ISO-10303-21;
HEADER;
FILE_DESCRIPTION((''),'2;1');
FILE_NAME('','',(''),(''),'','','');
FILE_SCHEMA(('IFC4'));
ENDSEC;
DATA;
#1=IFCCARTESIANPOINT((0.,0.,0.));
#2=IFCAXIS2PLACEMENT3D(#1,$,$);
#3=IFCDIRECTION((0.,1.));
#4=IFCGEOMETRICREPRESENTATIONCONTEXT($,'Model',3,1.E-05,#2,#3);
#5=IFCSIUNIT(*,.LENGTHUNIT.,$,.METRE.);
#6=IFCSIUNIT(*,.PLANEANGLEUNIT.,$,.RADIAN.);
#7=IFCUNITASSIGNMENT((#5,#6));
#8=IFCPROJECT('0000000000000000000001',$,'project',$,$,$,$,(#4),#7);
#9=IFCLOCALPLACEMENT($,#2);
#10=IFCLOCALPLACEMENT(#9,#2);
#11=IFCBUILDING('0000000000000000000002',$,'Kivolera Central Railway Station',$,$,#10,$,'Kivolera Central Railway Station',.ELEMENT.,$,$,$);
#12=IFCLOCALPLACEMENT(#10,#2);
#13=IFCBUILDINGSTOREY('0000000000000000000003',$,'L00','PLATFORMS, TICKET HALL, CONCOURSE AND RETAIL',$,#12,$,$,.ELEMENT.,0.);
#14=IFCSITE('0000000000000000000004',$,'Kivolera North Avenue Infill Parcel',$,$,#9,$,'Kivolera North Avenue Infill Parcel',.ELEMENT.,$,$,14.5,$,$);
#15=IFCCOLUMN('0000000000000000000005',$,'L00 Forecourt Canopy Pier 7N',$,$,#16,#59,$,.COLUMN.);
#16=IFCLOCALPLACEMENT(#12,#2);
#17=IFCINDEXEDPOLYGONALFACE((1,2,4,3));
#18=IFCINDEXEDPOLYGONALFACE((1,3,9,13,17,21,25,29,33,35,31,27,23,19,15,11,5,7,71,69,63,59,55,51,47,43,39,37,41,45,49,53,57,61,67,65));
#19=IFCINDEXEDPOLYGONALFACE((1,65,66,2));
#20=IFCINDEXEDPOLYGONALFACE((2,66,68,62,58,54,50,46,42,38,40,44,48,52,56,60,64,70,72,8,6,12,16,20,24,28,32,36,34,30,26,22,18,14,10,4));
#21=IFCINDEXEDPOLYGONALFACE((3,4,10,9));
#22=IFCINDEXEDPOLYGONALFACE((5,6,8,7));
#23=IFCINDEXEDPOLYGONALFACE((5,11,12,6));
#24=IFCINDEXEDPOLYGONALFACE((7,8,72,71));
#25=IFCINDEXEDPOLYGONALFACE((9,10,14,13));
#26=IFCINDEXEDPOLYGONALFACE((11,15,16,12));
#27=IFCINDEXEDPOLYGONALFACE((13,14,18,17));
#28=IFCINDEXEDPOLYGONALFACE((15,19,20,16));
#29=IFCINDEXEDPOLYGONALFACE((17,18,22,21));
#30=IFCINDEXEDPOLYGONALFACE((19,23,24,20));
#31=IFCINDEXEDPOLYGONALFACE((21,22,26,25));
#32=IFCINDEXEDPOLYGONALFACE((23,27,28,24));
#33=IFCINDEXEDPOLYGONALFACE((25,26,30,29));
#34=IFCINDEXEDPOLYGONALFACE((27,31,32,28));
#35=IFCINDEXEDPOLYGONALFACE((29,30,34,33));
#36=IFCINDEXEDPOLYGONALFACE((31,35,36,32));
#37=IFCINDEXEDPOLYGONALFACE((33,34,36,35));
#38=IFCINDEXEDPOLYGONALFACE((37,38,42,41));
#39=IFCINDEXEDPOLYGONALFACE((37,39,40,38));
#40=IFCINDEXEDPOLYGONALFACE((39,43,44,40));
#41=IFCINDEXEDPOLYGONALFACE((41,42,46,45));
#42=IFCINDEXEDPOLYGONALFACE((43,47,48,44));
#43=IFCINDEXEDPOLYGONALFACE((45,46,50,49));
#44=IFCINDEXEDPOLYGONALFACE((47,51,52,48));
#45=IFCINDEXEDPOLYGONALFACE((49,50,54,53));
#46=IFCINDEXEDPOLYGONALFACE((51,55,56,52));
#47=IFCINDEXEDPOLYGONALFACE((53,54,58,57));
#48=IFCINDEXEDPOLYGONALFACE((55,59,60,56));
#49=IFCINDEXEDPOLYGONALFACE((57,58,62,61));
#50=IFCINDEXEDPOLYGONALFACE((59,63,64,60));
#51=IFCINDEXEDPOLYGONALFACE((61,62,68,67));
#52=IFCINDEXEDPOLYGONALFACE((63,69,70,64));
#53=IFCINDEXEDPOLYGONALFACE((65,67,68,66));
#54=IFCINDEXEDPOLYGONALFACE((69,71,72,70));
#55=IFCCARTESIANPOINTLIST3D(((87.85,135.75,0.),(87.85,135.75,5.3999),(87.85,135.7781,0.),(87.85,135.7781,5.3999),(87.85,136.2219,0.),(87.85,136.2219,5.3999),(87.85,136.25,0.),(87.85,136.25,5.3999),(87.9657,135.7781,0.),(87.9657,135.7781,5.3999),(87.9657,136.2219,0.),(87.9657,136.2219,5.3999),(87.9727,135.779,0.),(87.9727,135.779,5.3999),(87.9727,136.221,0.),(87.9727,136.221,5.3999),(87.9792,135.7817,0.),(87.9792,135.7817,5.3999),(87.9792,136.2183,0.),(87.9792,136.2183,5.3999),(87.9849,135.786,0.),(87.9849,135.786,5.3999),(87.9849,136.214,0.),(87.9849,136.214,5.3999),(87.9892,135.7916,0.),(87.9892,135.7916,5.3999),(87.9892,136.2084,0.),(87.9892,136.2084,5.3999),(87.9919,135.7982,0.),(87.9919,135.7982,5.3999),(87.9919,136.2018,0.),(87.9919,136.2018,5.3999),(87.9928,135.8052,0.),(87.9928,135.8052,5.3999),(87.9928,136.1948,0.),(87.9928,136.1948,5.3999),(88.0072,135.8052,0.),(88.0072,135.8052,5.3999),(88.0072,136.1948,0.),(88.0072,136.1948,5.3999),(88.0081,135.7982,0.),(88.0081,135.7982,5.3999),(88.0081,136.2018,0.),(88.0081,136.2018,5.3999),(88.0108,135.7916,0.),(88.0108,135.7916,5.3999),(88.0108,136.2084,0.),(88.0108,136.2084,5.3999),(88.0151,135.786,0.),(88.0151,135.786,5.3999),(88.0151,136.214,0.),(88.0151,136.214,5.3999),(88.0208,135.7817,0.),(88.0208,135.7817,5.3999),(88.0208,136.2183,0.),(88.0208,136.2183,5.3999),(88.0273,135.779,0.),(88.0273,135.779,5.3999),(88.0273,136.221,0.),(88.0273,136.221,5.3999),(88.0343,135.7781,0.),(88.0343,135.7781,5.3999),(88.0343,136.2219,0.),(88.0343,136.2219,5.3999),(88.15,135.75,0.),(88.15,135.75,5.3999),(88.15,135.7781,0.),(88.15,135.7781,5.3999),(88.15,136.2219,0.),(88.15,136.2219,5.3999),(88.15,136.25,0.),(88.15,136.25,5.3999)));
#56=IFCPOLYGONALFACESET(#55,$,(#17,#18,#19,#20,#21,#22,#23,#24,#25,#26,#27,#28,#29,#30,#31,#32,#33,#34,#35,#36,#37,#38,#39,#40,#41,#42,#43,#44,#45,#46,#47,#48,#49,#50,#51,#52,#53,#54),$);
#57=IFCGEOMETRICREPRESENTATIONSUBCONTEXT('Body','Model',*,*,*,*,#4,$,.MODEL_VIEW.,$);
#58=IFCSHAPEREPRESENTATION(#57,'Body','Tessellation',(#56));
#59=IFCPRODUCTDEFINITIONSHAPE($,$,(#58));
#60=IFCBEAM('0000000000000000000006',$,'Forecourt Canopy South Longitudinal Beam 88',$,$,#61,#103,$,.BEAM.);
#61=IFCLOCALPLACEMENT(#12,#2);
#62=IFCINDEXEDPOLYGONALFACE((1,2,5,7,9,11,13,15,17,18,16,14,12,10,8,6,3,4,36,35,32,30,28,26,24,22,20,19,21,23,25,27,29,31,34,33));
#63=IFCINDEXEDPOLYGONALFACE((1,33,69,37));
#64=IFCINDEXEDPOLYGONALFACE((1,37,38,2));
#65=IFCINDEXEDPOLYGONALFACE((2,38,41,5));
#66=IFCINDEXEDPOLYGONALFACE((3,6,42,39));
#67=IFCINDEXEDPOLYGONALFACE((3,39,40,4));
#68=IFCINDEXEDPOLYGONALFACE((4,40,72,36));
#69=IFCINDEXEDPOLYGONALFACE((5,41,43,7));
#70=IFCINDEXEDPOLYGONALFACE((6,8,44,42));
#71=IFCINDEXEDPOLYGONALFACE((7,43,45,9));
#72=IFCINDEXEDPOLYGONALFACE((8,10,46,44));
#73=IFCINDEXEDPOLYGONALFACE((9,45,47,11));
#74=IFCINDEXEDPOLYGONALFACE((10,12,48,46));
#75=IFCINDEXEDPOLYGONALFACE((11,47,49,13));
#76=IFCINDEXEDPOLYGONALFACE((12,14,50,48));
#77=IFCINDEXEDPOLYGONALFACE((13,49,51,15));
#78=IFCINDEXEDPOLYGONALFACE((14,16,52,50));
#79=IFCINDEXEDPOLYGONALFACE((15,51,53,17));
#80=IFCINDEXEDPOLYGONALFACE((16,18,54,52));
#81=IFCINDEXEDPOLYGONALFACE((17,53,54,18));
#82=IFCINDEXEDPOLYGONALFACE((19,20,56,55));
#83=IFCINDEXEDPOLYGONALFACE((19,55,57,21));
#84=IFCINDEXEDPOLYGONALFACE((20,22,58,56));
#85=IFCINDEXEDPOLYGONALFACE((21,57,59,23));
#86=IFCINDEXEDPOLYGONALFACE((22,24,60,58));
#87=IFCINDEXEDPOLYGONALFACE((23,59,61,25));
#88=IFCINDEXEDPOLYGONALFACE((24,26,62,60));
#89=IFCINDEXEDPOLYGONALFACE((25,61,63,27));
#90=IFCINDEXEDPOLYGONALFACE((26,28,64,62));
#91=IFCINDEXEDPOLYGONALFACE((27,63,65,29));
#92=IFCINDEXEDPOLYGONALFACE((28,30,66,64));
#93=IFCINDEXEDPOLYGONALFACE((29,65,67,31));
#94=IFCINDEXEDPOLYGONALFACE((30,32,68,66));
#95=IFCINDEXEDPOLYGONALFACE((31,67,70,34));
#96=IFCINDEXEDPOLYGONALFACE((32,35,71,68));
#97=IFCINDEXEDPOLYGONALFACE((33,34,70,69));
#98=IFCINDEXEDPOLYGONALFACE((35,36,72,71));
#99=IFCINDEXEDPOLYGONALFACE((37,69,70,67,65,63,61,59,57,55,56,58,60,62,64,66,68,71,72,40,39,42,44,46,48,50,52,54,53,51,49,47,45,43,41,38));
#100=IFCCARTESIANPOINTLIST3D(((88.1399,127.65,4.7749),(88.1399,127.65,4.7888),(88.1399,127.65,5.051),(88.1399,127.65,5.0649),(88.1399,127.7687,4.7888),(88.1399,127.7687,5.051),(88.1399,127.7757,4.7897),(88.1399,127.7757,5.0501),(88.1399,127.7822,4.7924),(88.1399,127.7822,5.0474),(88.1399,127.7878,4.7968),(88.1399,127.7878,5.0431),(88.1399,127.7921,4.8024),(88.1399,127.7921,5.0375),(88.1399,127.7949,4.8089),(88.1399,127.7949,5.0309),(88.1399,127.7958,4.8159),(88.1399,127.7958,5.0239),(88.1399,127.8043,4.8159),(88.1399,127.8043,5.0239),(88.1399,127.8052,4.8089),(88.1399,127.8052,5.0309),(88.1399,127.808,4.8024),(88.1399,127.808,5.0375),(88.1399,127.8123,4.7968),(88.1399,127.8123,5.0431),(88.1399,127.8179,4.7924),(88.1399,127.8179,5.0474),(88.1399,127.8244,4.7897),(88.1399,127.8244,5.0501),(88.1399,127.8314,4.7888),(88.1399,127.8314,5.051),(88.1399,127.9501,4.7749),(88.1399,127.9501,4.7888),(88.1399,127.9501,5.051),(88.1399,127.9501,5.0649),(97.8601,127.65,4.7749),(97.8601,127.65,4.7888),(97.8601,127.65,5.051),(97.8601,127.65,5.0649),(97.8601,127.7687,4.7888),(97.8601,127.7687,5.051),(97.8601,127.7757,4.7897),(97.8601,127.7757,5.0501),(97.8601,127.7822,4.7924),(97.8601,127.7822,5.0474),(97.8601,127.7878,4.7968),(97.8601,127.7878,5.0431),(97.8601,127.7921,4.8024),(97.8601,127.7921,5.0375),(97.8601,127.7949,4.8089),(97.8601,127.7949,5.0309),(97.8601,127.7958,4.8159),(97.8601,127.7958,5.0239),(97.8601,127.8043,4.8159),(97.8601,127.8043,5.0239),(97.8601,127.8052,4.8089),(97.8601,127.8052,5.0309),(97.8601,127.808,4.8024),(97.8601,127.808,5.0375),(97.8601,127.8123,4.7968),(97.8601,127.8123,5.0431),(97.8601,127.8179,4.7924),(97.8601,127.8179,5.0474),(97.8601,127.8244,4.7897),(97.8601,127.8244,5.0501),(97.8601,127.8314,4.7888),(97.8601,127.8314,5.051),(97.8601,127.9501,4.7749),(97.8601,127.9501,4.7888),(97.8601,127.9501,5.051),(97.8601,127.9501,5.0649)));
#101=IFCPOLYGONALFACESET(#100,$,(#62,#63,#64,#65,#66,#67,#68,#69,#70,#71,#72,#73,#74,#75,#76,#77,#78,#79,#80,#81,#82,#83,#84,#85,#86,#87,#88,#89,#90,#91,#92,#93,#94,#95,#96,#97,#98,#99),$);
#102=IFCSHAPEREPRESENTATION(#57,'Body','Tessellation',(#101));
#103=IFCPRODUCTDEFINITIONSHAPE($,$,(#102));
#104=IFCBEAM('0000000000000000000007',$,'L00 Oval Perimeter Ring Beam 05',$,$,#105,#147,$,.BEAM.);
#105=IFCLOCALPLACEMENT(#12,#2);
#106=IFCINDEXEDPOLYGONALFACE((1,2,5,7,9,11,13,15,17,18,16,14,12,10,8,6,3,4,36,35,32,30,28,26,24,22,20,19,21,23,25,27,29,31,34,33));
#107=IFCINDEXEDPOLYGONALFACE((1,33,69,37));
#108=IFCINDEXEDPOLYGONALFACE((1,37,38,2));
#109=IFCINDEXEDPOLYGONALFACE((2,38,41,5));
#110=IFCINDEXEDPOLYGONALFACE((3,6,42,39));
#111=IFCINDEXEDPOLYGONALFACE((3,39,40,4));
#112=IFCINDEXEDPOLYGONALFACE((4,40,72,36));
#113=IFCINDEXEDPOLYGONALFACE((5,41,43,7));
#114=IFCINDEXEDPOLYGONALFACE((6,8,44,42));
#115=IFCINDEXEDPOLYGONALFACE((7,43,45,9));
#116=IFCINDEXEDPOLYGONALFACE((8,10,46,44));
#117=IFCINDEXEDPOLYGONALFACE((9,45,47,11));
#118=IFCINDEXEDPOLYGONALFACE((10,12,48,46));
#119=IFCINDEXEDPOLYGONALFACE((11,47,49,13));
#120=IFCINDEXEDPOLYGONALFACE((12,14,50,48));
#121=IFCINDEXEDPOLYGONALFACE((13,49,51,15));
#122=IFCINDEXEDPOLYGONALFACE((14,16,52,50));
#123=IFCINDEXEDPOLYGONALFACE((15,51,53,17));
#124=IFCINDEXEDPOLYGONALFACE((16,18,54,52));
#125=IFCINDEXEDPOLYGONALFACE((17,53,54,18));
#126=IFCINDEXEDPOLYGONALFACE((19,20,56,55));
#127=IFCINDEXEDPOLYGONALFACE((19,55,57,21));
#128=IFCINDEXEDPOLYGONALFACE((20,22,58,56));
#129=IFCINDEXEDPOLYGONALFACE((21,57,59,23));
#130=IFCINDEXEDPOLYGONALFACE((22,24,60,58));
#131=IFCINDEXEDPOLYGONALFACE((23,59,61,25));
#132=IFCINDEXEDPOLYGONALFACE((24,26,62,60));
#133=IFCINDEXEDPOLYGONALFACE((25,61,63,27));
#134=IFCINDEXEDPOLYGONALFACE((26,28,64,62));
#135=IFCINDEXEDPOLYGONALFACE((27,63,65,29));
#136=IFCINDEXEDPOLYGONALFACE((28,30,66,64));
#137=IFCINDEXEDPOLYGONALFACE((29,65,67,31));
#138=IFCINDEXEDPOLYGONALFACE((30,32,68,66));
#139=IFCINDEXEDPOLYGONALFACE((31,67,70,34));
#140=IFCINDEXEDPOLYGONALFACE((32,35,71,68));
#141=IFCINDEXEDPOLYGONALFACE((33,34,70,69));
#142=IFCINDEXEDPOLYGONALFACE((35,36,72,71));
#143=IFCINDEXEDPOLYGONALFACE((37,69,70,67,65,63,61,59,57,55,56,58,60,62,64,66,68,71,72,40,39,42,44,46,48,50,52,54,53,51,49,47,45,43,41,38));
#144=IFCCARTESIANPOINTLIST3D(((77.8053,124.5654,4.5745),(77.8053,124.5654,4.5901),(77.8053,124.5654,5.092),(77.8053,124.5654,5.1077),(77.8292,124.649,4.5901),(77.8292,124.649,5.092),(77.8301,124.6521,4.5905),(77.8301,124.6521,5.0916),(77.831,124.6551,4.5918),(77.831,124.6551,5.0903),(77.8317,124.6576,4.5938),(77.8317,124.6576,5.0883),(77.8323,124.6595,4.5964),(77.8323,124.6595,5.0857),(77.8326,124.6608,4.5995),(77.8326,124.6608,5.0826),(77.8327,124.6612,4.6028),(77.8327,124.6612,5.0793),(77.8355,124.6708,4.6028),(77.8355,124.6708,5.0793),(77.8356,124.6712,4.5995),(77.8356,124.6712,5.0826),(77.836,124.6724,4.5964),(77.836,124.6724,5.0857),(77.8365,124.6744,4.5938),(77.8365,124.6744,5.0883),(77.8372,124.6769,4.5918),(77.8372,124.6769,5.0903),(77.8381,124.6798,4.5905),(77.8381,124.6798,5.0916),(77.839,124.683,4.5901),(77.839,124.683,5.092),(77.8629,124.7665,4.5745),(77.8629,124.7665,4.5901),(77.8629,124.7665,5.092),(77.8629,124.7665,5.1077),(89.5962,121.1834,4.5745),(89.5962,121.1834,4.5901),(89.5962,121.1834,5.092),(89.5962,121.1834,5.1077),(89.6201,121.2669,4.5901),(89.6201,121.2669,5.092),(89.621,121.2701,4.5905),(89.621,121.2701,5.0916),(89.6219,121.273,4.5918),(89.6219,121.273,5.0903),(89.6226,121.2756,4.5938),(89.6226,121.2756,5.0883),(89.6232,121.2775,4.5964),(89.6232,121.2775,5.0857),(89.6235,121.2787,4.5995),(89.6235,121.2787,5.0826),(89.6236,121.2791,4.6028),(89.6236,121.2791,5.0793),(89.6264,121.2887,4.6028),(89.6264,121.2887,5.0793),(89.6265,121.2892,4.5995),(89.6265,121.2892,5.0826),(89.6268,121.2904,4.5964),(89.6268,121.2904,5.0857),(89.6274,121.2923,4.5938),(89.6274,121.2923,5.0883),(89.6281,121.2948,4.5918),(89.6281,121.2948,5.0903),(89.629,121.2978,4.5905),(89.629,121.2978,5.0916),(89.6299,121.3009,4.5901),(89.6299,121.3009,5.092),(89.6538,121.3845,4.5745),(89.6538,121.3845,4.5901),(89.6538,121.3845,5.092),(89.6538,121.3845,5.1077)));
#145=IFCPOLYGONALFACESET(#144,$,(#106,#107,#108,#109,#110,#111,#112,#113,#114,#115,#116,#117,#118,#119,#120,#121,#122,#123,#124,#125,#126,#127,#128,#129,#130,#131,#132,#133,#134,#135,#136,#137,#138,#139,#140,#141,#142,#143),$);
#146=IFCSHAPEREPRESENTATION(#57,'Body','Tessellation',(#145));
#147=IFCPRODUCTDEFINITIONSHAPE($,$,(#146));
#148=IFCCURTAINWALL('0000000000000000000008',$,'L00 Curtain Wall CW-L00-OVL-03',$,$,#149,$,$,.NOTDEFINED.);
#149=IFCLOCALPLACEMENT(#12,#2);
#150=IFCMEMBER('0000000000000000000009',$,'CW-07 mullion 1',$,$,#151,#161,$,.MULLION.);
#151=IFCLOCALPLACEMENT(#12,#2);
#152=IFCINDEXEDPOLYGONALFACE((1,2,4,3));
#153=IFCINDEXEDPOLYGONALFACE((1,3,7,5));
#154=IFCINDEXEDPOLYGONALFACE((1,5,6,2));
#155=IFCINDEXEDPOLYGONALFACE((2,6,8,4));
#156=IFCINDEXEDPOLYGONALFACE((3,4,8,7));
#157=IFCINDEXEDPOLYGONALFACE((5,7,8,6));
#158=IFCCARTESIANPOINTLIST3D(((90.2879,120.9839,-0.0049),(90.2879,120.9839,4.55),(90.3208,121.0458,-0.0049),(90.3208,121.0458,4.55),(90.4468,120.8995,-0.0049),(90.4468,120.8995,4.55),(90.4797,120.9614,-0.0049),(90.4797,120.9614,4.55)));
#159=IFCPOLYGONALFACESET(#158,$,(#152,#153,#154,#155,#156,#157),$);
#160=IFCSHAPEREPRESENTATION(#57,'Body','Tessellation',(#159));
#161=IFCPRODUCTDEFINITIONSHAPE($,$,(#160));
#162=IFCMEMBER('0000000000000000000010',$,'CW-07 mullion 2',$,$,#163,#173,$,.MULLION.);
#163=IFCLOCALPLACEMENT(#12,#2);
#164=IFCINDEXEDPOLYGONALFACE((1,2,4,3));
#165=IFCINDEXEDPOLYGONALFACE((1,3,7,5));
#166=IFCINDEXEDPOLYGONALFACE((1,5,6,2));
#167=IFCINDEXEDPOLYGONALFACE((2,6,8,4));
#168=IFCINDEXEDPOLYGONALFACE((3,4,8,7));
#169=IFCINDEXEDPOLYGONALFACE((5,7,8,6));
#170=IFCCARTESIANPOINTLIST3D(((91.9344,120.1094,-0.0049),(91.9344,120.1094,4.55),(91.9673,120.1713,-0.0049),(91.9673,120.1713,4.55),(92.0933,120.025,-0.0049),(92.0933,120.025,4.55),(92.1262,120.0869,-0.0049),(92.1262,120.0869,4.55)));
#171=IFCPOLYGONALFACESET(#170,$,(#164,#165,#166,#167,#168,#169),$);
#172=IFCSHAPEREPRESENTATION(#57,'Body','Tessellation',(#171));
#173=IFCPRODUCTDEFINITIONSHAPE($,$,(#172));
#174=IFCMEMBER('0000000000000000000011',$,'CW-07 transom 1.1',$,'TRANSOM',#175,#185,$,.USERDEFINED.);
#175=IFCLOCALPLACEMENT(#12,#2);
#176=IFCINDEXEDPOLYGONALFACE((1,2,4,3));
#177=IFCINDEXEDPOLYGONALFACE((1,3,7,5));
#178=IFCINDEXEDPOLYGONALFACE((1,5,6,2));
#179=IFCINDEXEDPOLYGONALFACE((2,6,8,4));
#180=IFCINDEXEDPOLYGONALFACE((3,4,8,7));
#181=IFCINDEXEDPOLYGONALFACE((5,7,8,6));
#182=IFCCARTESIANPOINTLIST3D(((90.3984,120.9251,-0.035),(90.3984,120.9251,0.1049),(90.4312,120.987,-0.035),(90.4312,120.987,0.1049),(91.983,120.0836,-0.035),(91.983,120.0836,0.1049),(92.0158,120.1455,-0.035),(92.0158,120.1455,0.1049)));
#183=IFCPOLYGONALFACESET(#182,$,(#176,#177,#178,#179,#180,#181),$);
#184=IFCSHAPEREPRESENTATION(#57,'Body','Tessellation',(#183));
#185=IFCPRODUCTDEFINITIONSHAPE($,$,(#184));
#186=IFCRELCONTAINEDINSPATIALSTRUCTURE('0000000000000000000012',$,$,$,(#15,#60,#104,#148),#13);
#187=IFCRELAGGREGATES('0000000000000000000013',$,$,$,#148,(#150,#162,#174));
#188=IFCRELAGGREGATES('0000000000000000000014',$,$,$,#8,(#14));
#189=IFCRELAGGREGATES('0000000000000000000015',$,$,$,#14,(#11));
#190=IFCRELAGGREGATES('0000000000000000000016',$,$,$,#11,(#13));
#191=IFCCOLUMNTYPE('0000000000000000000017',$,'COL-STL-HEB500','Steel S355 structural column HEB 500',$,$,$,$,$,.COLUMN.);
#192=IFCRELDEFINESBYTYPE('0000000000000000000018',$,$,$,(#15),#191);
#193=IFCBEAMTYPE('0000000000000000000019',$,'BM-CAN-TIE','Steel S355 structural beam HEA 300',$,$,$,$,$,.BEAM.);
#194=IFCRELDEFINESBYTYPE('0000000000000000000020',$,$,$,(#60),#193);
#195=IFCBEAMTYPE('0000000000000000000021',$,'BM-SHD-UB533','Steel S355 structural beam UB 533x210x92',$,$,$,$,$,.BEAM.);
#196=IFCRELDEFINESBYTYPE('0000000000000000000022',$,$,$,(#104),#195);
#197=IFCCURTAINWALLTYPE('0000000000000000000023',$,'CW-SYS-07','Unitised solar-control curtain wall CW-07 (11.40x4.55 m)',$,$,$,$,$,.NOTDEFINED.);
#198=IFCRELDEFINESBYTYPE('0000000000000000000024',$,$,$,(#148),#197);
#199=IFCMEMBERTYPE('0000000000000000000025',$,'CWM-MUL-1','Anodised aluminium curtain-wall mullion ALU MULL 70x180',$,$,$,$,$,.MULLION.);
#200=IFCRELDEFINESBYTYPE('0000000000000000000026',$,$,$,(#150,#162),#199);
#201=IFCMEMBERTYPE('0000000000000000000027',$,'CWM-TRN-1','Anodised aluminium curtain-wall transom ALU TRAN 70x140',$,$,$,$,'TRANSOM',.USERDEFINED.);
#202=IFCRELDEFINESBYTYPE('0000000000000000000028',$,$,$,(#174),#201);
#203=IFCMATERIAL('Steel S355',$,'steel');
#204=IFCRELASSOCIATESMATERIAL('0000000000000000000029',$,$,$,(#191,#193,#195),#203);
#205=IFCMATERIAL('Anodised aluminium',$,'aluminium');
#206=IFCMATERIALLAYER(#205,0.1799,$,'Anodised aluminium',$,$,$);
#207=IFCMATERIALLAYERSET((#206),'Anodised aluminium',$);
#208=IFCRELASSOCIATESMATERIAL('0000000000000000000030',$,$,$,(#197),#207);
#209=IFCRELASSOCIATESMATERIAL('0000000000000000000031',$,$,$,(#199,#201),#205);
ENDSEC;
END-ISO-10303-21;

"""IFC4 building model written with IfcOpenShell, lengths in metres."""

from ifc_helpers import new_model, si_unit, direction, frame, origin, origin_2d, place, context, subcontext, project, spatial, rectangle, i_section, extrude, material, layer, layer_set, material_profile, profile_set, type_object, element, aggregate, save


model = new_model("IFC4")

# Units and contexts
model_context = context("Model", 3, precision=1e-05, world=origin(), true_north=direction((0.0, 1.0)))
body_context = subcontext(model_context, "Body", "Model", "MODEL_VIEW")
ifc_project = project(units=[si_unit("LENGTHUNIT", "METRE"), si_unit("PLANEANGLEUNIT", "RADIAN")], contexts=[model_context])

# Site, building, storey
site_placement = place(None, origin())
site = spatial("IfcSite", under=ifc_project, at=site_placement, Name="Kivolera North Avenue Infill Parcel", LongName="Kivolera North Avenue Infill Parcel", CompositionType="ELEMENT", RefElevation=14.5)
building_placement = place(site_placement, origin())
building = spatial("IfcBuilding", under=site, at=building_placement, Name="Kivolera Central Railway Station", LongName="Kivolera Central Railway Station", CompositionType="ELEMENT")
storey_placement = place(building_placement, origin())
storey = spatial("IfcBuildingStorey", under=building, at=storey_placement, Name="L00", Description="PLATFORMS, TICKET HALL, CONCOURSE AND RETAIL", CompositionType="ELEMENT", Elevation=0.0)

# Column
ifc_material_1 = material(Name="Steel S355", Category="steel")
ifc_material_profile_1 = material_profile(ifc_material_1, i_section(OverallWidth=0.3, OverallDepth=0.5, WebThickness=0.0144, FlangeThickness=0.0281, FilletRadius=0.0271, at=origin_2d()), Name="HEB 500")
ifc_profile_set_1 = profile_set([ifc_material_profile_1], Name="Steel S355")
column_type_1 = type_object("IfcColumnType", Name="COL-STL-HEB500", Description="Steel S355 structural column HEB 500", PredefinedType="COLUMN", material=ifc_profile_set_1)
column_1_placement = place(storey_placement, frame((88.0, 136.0, 0.0), z_axis=(0.0, 0.0, 1.0), x_axis=(1.0, 0.0, 0.0)))
element("IfcColumn", 1, at=column_1_placement, inside=storey, type_object=column_type_1, Name="L00 Forecourt Canopy Pier 7N", PredefinedType="COLUMN", context=body_context, shape_type="SweptSolid", body=[
    extrude(i_section(OverallWidth=0.3, OverallDepth=0.5, WebThickness=0.0144, FlangeThickness=0.0281, FilletRadius=0.0271, at=origin_2d()), origin(), (0.0, 0.0, 1.0), 5.3999),
])

# Beams
ifc_material_profile_2 = material_profile(ifc_material_1, i_section(OverallWidth=0.3, OverallDepth=0.29, WebThickness=0.0085, FlangeThickness=0.0139, FilletRadius=0.0271, at=origin_2d()), Name="HEA 300")
ifc_profile_set_2 = profile_set([ifc_material_profile_2], Name="Steel S355")
beam_type_1 = type_object("IfcBeamType", Name="BM-CAN-TIE", Description="Steel S355 structural beam HEA 300", PredefinedType="BEAM", material=ifc_profile_set_2)
beam_1_placement = place(storey_placement, frame((88.1399, 127.8, 4.9199), z_axis=(1.0, 0.0, 0.0), x_axis=(0.0, 1.0, 0.0)))
element("IfcBeam", 2, at=beam_1_placement, inside=storey, type_object=beam_type_1, Name="Forecourt Canopy South Longitudinal Beam 88", PredefinedType="BEAM", context=body_context, shape_type="SweptSolid", body=[
    extrude(i_section(OverallWidth=0.3, OverallDepth=0.29, WebThickness=0.0085, FlangeThickness=0.0139, FilletRadius=0.0271, at=origin_2d()), origin(), (0.0, 0.0, 1.0), 9.7202),
])
ifc_material_profile_3 = material_profile(ifc_material_1, i_section(OverallWidth=0.2092, OverallDepth=0.5332, WebThickness=0.01, FlangeThickness=0.0156, FilletRadius=0.0127, at=origin_2d()), Name="UB 533x210x92")
ifc_profile_set_3 = profile_set([ifc_material_profile_3], Name="Steel S355")
beam_type_2 = type_object("IfcBeamType", Name="BM-SHD-UB533", Description="Steel S355 structural beam UB 533x210x92", PredefinedType="BEAM", material=ifc_profile_set_3)
beam_2_placement = place(storey_placement, frame((89.625, 121.2839, 4.8411), z_axis=(-0.961239, 0.275717, 0.0), x_axis=(-0.275717, -0.961239, 0.0)))
element("IfcBeam", 3, at=beam_2_placement, inside=storey, type_object=beam_type_2, Name="L00 Oval Perimeter Ring Beam 05", PredefinedType="BEAM", context=body_context, shape_type="SweptSolid", body=[
    extrude(i_section(OverallWidth=0.2092, OverallDepth=0.5332, WebThickness=0.01, FlangeThickness=0.0156, FilletRadius=0.0127, at=origin_2d()), origin(), (0.0, 0.0, 1.0), 12.2664),
])

# Curtain wall, members
ifc_material_2 = material(Name="Anodised aluminium", Category="aluminium")
ifc_layer_1 = layer(ifc_material_2, 0.1799, Name="Anodised aluminium")
ifc_layer_set_1 = layer_set([ifc_layer_1], Name="Anodised aluminium")
curtain_wall_type = type_object("IfcCurtainWallType", Name="CW-SYS-07", Description="Unitised solar-control curtain wall CW-07 (11.40x4.55 m)", PredefinedType="NOTDEFINED", material=ifc_layer_set_1)
curtain_wall_placement = place(storey_placement, origin())
curtain_wall = element("IfcCurtainWall", 4, at=curtain_wall_placement, inside=storey, type_object=curtain_wall_type, Name="L00 Curtain Wall CW-L00-OVL-03", PredefinedType="NOTDEFINED")
ifc_material_profile_4 = material_profile(ifc_material_2, rectangle(XDim=0.0701, YDim=0.1799, at=origin_2d()), Name="ALU MULL 70x180")
ifc_profile_set_4 = profile_set([ifc_material_profile_4], Name="Anodised aluminium")
member_type_1 = type_object("IfcMemberType", Name="CWM-MUL-1", Description="Anodised aluminium curtain-wall mullion ALU MULL 70x180", PredefinedType="MULLION", material=ifc_profile_set_4)
member_1_placement = place(storey_placement, frame((90.3838, 120.9727, -0.0049), z_axis=(0.0, 0.0, 1.0), x_axis=(0.469053, 0.88317, 0.0)))
member_1 = element("IfcMember", 5, at=member_1_placement, type_object=member_type_1, Name="CW-07 mullion 1", PredefinedType="MULLION", context=body_context, shape_type="SweptSolid", body=[
    extrude(rectangle(XDim=0.0701, YDim=0.1799, at=origin_2d()), origin(), (0.0, 0.0, 1.0), 4.5549),
])
member_2_placement = place(storey_placement, frame((92.0303, 120.0981, -0.0049), z_axis=(0.0, 0.0, 1.0), x_axis=(0.469053, 0.88317, 0.0)))
member_2 = element("IfcMember", 6, at=member_2_placement, type_object=member_type_1, Name="CW-07 mullion 2", PredefinedType="MULLION", context=body_context, shape_type="SweptSolid", body=[
    extrude(rectangle(XDim=0.0701, YDim=0.1799, at=origin_2d()), origin(), (0.0, 0.0, 1.0), 4.5549),
])
ifc_material_profile_5 = material_profile(ifc_material_2, rectangle(XDim=0.0701, YDim=0.1399, at=origin_2d()), Name="ALU TRAN 70x140")
ifc_profile_set_5 = profile_set([ifc_material_profile_5], Name="Anodised aluminium")
member_type_2 = type_object("IfcMemberType", Name="CWM-TRN-1", Description="Anodised aluminium curtain-wall transom ALU TRAN 70x140", ElementType="TRANSOM", PredefinedType="USERDEFINED", material=ifc_profile_set_5)
member_3_placement = place(storey_placement, frame((90.4148, 120.9561, 0.0349), z_axis=(0.883191, -0.469013, 0.0), x_axis=(0.469013, 0.883191, 0.0)))
member_3 = element("IfcMember", 7, at=member_3_placement, type_object=member_type_2, Name="CW-07 transom 1.1", ObjectType="TRANSOM", PredefinedType="USERDEFINED", context=body_context, shape_type="SweptSolid", body=[
    extrude(rectangle(XDim=0.0701, YDim=0.1399, at=origin_2d()), origin(), (0.0, 0.0, 1.0), 1.7942),
])
aggregate(curtain_wall, [member_1, member_2, member_3])

save(model, "model.ifc")
